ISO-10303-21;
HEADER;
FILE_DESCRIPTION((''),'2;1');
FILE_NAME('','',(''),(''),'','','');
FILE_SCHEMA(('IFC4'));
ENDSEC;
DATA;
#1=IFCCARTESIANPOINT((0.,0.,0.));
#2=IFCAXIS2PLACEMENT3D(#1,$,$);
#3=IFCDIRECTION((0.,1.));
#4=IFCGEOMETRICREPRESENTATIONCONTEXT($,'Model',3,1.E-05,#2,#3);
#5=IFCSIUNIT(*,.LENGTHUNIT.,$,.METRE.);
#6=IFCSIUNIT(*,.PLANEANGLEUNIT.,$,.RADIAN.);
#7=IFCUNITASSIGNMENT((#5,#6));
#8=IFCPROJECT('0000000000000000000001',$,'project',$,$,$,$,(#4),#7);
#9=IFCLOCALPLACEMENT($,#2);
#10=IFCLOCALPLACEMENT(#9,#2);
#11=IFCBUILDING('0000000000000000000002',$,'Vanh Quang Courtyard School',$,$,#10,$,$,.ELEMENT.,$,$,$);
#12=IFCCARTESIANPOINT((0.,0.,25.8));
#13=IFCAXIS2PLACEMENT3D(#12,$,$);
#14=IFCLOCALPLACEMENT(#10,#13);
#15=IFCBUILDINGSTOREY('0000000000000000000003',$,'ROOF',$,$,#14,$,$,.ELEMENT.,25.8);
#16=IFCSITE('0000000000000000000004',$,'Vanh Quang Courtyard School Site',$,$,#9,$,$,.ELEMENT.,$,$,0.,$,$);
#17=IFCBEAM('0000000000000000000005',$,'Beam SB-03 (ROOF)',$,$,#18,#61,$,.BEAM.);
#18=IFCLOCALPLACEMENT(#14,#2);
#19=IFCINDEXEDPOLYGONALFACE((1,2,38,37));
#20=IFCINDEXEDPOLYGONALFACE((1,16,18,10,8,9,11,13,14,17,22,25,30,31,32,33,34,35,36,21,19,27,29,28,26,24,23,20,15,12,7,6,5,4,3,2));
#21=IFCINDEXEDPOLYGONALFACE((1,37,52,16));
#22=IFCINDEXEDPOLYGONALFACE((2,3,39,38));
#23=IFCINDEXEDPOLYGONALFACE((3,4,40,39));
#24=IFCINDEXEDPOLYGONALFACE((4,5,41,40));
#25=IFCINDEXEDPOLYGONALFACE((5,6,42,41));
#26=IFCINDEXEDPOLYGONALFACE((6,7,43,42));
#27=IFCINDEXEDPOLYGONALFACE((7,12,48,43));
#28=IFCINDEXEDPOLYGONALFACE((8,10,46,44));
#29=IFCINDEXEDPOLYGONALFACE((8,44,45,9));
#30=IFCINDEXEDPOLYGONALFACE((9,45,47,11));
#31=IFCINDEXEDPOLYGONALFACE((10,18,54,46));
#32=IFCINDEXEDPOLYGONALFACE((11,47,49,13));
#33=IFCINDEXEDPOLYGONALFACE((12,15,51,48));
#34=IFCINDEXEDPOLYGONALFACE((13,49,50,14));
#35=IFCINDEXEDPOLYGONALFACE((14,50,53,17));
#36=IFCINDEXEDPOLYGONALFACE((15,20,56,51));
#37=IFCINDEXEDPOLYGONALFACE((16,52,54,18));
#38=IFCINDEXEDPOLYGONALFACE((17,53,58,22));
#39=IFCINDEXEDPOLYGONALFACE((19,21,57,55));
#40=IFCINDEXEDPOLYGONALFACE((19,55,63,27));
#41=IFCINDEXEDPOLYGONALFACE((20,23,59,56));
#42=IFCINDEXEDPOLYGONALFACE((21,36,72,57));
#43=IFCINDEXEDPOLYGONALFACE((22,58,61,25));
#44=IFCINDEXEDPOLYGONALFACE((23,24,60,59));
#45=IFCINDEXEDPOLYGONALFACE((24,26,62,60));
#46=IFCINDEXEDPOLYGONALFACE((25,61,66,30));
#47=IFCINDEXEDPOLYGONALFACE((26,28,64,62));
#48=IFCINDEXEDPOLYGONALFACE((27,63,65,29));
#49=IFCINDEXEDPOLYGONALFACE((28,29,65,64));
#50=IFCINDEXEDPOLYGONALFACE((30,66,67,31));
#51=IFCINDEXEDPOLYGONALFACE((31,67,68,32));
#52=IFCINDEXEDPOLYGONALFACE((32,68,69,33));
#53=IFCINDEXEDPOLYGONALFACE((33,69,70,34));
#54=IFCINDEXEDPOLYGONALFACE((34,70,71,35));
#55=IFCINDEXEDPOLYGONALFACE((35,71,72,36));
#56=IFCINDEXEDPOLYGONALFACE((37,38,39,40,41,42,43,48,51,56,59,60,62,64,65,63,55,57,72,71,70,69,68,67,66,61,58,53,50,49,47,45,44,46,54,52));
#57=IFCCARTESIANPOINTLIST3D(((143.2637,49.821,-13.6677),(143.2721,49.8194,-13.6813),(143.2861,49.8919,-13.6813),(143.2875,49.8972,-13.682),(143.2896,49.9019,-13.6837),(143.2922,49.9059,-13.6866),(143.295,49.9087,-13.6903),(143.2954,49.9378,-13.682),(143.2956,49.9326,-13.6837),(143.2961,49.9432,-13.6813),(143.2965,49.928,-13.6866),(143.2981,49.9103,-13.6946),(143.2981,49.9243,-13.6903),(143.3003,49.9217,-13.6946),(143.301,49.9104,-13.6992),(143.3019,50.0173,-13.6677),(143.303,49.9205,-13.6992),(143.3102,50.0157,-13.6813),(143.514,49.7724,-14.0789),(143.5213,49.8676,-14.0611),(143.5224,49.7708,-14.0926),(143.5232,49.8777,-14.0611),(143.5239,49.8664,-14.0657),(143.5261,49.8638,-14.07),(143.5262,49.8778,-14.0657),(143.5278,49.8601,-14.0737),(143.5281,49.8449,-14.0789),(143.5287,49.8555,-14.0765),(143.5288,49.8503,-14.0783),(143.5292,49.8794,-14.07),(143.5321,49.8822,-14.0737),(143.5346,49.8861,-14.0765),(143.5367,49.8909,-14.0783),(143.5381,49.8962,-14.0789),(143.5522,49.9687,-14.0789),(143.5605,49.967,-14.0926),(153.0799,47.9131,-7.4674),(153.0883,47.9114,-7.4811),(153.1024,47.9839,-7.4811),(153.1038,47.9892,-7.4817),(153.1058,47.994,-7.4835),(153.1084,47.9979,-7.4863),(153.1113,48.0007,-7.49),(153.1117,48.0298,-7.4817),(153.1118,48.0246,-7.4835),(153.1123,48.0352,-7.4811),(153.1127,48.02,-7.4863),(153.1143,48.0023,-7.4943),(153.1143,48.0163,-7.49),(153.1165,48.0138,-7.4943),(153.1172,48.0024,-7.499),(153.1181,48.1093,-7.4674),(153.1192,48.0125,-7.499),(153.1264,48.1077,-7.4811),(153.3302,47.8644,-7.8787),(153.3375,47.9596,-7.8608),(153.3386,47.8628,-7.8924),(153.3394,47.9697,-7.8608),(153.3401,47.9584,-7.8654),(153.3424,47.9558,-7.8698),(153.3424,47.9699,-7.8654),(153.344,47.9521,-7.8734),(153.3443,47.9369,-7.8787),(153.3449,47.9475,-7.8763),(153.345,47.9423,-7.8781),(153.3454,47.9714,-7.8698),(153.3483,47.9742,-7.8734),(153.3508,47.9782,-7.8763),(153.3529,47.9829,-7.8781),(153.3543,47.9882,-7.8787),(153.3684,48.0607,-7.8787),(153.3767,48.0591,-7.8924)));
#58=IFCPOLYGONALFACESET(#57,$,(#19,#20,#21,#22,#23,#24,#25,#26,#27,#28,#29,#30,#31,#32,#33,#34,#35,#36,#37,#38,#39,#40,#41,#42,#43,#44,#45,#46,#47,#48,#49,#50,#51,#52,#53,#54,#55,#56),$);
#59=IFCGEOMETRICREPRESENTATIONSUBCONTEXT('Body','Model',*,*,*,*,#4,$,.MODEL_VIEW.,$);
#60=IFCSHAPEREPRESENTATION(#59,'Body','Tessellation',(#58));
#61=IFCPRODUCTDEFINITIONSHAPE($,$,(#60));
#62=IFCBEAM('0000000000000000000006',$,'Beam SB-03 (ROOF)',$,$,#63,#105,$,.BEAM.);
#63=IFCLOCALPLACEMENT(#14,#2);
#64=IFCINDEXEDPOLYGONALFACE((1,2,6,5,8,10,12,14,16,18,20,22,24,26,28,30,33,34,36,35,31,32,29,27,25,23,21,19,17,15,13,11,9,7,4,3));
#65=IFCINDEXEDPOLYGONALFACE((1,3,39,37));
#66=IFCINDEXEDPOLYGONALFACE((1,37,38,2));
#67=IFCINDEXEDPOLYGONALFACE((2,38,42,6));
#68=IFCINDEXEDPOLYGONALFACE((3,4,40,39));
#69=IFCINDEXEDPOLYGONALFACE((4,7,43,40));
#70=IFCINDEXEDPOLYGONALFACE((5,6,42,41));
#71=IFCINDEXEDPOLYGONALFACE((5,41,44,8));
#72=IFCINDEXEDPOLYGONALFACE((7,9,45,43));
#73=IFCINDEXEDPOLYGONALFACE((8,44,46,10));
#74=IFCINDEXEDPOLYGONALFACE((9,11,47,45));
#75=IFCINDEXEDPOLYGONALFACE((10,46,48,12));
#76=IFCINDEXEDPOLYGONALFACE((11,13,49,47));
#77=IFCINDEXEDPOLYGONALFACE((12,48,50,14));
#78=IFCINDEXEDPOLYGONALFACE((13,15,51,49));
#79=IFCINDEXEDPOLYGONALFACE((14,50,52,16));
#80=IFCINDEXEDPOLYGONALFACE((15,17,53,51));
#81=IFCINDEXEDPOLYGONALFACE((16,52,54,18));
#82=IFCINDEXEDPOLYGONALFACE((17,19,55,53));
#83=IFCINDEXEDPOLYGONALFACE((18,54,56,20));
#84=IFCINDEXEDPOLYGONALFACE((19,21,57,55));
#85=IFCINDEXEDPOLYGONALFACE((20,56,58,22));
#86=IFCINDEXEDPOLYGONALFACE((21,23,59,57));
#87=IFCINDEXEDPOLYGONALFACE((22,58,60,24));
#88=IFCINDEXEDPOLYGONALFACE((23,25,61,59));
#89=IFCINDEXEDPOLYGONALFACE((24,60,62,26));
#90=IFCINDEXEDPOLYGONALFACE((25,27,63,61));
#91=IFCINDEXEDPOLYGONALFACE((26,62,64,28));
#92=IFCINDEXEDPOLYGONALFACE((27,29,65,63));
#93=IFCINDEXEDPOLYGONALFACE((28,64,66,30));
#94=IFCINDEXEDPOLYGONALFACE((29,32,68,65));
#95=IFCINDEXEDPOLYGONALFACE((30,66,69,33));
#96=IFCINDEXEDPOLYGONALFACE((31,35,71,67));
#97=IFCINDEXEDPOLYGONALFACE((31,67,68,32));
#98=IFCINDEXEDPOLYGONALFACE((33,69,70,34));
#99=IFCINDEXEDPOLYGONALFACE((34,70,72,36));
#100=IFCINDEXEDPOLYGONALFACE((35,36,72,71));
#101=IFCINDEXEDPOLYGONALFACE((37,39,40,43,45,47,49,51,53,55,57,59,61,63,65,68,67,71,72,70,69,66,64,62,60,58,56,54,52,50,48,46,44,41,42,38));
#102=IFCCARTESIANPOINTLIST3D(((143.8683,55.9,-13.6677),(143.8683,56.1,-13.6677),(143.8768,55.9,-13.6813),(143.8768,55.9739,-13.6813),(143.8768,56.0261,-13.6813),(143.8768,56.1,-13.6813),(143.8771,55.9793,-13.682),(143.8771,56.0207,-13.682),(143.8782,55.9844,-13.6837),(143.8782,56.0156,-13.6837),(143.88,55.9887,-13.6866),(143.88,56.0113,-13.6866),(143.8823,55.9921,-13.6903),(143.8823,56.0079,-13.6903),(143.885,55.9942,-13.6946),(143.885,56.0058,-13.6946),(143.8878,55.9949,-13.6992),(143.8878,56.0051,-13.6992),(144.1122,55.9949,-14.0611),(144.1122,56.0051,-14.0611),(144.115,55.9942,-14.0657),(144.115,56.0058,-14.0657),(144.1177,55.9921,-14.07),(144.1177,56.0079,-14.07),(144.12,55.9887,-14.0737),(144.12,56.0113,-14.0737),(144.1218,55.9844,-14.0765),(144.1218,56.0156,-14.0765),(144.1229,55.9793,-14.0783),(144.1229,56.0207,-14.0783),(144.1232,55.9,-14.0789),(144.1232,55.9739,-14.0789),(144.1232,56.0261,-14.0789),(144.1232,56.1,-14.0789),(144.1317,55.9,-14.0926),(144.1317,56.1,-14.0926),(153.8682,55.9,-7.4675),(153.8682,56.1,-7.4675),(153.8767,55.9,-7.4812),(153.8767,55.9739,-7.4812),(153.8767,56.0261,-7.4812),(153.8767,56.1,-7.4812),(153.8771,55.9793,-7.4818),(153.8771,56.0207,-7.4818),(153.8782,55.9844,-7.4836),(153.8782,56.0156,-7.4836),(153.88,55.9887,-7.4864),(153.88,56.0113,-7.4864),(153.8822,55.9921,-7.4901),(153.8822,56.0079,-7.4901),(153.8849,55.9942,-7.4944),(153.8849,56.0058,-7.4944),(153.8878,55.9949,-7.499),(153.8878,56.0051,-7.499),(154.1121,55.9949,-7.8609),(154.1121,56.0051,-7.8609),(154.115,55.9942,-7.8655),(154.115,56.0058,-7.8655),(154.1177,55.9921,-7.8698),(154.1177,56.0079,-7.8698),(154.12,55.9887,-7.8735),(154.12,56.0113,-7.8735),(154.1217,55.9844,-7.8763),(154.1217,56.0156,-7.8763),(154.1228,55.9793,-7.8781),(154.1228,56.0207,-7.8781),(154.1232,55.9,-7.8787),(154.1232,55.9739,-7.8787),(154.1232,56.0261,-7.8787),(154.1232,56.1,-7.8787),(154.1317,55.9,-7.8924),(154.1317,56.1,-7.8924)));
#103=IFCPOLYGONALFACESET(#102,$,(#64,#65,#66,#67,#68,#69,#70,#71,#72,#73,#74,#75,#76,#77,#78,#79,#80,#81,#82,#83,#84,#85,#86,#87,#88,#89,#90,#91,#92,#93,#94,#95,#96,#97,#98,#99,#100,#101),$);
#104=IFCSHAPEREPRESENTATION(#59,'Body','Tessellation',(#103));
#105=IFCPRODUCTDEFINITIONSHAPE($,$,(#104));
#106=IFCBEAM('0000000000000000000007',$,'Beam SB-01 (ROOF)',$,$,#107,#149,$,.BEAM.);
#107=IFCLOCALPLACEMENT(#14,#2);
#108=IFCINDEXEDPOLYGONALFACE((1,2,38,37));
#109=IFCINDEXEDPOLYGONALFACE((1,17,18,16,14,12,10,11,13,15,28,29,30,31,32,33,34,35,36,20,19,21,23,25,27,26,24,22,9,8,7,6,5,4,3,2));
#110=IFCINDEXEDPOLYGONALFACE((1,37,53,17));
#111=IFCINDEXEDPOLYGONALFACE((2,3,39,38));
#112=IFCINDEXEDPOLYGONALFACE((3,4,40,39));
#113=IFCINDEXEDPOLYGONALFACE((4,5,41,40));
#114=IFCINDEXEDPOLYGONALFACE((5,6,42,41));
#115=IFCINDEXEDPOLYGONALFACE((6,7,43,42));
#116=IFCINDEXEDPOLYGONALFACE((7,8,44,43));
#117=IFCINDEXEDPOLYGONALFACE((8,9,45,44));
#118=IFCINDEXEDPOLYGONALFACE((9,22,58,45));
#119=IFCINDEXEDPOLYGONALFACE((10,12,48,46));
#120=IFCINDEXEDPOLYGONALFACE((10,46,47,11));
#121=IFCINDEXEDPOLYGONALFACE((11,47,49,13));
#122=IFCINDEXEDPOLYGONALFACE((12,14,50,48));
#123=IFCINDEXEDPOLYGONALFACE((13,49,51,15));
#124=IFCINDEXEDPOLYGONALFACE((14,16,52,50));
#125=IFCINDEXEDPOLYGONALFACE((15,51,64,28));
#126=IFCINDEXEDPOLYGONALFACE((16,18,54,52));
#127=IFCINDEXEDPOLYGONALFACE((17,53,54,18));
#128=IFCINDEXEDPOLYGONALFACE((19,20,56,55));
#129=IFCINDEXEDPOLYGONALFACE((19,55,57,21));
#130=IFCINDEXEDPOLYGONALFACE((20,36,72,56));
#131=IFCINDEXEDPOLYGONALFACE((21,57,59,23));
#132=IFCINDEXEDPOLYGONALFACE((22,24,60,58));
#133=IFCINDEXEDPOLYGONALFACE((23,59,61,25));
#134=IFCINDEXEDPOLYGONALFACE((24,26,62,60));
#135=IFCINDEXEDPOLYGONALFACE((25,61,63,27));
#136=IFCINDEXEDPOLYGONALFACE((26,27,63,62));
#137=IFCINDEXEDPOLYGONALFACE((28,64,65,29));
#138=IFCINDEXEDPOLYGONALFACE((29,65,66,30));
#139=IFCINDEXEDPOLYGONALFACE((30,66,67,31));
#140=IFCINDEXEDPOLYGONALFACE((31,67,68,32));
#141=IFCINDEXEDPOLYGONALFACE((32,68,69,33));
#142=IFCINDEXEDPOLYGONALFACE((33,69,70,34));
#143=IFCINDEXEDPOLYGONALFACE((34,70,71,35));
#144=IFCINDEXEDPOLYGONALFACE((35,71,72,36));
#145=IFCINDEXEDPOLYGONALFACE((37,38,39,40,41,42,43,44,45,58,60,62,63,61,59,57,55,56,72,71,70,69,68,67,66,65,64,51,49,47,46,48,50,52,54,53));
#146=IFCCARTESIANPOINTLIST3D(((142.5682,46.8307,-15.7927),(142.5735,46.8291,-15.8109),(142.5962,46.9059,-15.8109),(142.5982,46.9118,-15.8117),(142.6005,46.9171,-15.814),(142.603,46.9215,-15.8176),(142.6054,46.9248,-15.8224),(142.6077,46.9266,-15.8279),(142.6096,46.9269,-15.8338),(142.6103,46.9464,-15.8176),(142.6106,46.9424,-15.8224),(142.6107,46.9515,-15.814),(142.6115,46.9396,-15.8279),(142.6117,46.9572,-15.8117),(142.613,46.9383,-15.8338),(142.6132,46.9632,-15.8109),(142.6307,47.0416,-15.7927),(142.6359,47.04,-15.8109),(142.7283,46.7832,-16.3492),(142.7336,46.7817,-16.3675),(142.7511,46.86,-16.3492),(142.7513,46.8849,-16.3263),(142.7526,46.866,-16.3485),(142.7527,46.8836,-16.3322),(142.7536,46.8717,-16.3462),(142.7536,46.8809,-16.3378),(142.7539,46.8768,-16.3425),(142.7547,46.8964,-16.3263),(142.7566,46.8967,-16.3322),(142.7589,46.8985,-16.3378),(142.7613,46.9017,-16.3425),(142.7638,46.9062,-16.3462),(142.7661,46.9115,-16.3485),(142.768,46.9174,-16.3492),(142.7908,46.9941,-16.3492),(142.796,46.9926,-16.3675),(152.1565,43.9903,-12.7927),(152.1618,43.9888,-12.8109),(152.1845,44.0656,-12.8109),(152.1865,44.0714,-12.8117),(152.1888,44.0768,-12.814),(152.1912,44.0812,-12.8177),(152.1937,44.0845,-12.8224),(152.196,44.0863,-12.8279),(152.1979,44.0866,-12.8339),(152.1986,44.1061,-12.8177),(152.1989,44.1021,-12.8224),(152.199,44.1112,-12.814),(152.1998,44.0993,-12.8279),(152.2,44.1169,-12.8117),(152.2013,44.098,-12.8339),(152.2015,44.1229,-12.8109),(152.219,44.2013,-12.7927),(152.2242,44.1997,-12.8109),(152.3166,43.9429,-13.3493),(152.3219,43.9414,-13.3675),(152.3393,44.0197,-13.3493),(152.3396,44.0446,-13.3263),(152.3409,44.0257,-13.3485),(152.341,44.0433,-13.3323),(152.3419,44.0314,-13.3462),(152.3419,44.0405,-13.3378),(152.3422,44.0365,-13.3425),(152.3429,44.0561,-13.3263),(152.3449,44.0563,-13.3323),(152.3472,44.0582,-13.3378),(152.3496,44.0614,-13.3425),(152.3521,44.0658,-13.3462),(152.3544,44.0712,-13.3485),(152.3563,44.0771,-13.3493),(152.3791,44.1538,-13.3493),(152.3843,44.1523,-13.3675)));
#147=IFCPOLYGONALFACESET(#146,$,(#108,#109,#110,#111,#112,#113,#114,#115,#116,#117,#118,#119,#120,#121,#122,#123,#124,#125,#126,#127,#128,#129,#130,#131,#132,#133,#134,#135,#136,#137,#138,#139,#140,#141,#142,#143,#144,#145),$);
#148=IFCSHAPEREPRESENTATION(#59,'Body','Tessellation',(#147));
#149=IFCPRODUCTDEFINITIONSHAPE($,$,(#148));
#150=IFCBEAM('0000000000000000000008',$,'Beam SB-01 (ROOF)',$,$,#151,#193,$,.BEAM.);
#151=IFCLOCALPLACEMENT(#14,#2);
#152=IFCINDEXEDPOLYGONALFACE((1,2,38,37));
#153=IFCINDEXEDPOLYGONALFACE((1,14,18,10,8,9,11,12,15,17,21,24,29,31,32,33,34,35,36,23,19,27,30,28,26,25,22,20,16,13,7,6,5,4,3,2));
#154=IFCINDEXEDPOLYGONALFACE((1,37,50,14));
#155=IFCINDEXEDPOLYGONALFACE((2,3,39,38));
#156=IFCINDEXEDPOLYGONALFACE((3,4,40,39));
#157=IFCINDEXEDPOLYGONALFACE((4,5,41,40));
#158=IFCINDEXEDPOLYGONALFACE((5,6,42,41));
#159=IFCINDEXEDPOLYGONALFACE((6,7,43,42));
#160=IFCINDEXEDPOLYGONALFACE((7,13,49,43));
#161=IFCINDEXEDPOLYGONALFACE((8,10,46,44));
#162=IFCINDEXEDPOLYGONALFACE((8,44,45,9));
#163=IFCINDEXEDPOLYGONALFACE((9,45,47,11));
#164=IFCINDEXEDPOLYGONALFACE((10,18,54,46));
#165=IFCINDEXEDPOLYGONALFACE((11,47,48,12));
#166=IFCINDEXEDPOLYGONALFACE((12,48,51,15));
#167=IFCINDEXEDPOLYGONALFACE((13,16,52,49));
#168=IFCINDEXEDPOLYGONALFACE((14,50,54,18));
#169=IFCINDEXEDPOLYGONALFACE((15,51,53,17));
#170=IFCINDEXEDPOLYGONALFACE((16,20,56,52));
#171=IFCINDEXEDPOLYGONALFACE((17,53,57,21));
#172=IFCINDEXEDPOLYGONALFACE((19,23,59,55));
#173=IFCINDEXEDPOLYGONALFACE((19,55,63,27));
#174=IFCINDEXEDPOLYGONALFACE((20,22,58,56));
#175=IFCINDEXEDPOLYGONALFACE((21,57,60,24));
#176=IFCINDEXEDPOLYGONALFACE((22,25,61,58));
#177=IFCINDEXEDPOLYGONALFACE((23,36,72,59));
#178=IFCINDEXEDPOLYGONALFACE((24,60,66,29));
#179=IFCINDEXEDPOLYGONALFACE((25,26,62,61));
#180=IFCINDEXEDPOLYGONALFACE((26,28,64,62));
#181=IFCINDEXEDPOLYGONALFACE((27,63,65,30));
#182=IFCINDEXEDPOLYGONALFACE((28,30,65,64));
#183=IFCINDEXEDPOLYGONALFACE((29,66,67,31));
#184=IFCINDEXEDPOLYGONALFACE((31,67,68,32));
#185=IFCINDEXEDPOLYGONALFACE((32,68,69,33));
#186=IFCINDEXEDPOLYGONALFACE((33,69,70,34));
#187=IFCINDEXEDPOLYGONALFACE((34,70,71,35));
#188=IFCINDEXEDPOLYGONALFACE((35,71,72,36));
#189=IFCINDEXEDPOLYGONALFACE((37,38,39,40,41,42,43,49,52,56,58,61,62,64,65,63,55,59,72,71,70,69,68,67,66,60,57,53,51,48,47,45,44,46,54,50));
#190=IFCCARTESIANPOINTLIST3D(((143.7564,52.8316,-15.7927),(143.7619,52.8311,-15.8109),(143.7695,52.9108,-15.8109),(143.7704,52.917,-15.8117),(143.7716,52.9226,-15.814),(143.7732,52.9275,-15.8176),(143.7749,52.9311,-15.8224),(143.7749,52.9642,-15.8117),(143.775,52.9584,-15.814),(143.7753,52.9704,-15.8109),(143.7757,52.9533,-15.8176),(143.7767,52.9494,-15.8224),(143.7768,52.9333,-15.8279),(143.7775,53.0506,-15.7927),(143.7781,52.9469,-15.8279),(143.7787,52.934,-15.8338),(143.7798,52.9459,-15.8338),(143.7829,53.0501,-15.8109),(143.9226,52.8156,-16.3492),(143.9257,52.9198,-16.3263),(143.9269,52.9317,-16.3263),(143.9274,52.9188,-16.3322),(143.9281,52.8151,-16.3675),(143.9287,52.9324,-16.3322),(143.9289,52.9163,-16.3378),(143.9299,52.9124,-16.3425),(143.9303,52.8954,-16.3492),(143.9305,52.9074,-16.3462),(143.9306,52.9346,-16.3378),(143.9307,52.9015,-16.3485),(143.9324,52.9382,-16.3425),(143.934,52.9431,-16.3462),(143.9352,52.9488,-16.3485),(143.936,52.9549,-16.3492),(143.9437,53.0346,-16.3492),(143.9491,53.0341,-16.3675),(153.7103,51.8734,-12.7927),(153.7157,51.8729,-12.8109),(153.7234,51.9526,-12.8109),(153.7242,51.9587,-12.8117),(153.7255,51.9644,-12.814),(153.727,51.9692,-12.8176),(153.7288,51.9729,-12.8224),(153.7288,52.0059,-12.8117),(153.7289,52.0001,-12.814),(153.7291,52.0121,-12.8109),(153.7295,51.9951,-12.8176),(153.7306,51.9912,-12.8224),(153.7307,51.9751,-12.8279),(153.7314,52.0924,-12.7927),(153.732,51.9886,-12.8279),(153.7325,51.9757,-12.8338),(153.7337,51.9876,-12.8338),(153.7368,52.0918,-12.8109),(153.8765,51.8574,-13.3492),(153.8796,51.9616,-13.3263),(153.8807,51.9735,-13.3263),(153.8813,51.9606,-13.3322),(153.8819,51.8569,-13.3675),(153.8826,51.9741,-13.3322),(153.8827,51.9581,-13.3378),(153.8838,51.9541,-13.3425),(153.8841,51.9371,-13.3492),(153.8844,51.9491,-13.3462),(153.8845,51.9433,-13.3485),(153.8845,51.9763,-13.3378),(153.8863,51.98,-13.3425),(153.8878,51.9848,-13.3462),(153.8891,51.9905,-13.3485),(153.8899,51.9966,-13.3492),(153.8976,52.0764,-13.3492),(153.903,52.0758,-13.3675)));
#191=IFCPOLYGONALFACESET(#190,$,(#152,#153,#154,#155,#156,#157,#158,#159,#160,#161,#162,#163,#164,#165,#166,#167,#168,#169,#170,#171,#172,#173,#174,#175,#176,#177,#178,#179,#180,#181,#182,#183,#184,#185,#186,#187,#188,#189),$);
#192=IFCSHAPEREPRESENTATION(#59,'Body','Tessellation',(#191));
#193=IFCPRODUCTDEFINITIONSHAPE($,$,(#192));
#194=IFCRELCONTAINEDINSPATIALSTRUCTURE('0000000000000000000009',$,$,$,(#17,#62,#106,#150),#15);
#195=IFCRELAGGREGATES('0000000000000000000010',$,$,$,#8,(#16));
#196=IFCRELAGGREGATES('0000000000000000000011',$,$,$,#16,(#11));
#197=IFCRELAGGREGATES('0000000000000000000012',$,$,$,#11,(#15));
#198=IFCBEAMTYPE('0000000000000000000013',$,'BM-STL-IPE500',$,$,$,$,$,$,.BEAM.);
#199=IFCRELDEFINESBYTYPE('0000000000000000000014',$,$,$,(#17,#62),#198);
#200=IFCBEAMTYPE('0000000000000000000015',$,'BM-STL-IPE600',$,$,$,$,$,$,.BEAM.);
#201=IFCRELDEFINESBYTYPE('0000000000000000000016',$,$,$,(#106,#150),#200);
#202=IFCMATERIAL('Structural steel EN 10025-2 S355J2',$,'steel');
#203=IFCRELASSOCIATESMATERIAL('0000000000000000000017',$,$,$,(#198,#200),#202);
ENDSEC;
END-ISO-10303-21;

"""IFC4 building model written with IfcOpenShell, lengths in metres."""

from ifc_helpers import new_model, si_unit, direction, frame, origin, origin_2d, place, context, subcontext, project, spatial, i_section, extrude, material, material_profile, profile_set, type_object, element, save


model = new_model("IFC4")

# Units and contexts
model_context = context("Model", 3, precision=1e-05, world=origin(), true_north=direction((0.0, 1.0)))
body_context = subcontext(model_context, "Body", "Model", "MODEL_VIEW")
ifc_project = project(units=[si_unit("LENGTHUNIT", "METRE"), si_unit("PLANEANGLEUNIT", "RADIAN")], contexts=[model_context])

# Site, building, storey
site_placement = place(None, origin())
site = spatial("IfcSite", under=ifc_project, at=site_placement, Name="Vanh Quang Courtyard School Site", CompositionType="ELEMENT", RefElevation=0.0)
building_placement = place(site_placement, origin())
building = spatial("IfcBuilding", under=site, at=building_placement, Name="Vanh Quang Courtyard School", CompositionType="ELEMENT")
storey_placement = place(building_placement, frame((0.0, 0.0, 25.8)))
storey = spatial("IfcBuildingStorey", under=building, at=storey_placement, Name="ROOF", CompositionType="ELEMENT", Elevation=25.8)

# Beams
ifc_material_1 = material(Name="Structural steel EN 10025-2 S355J2", Category="steel")
ifc_material_profile_1 = material_profile(ifc_material_1, i_section(OverallWidth=0.2, OverallDepth=0.5, WebThickness=0.0103, FlangeThickness=0.0161, FilletRadius=0.021, at=origin_2d()), Name="IPE 500")
ifc_profile_set_1 = profile_set([ifc_material_profile_1], Name="Structural steel EN 10025-2 S355J2")
beam_type_1 = type_object("IfcBeamType", Name="BM-STL-IPE500", PredefinedType="BEAM", material=ifc_profile_set_1)
for number, where, z_axis, x_axis, name in (
    (1, (143.4121, 49.894, -13.8801), (0.834279, -0.162158, 0.526957), (0.190798, 0.981629, 0.0), "Beam SB-03 (ROOF)"),
    (2, (144.0, 56.0, -13.8801), (0.849895, 0.0, 0.526952), (0.0, 1.0, 0.0), "Beam SB-03 (ROOF)"),
):
    element("IfcBeam", number, at=place(storey_placement, frame(where, z_axis=z_axis, x_axis=x_axis)), inside=storey, type_object=beam_type_1, Name=name, PredefinedType="BEAM", context=body_context, shape_type="SweptSolid", body=[
        extrude(i_section(OverallWidth=0.2, OverallDepth=0.5, WebThickness=0.0103, FlangeThickness=0.0161, FilletRadius=0.021, at=origin_2d()), origin(), (0.0, 0.0, 1.0), 11.7661),
    ])
ifc_material_profile_2 = material_profile(ifc_material_1, i_section(OverallWidth=0.22, OverallDepth=0.6001, WebThickness=0.012, FlangeThickness=0.019, FilletRadius=0.0239, at=origin_2d()), Name="IPE 600")
ifc_profile_set_2 = profile_set([ifc_material_profile_2], Name="Structural steel EN 10025-2 S355J2")
beam_type_2 = type_object("IfcBeamType", Name="BM-STL-IPE600", PredefinedType="BEAM", material=ifc_profile_set_2)
beam_1_placement = place(storey_placement, frame((142.6821, 46.9116, -16.0801), z_axis=(0.918381, -0.272049, 0.287342), x_axis=(0.284027, 0.958816, 0.0)))
element("IfcBeam", 3, at=beam_1_placement, inside=storey, type_object=beam_type_2, Name="Beam SB-01 (ROOF)", PredefinedType="BEAM", context=body_context, shape_type="SweptSolid", body=[
    extrude(i_section(OverallWidth=0.22, OverallDepth=0.6001, WebThickness=0.012, FlangeThickness=0.019, FilletRadius=0.0239, at=origin_2d()), origin(), (0.0, 0.0, 1.0), 10.4404),
])
beam_2_placement = place(storey_placement, frame((143.8528, 52.9329, -16.0801), z_axis=(0.953417, -0.091785, 0.287351), x_axis=(0.095826, 0.995398, 0.0)))
element("IfcBeam", 4, at=beam_2_placement, inside=storey, type_object=beam_type_2, Name="Beam SB-01 (ROOF)", PredefinedType="BEAM", context=body_context, shape_type="SweptSolid", body=[
    extrude(i_section(OverallWidth=0.22, OverallDepth=0.6001, WebThickness=0.012, FlangeThickness=0.019, FilletRadius=0.0239, at=origin_2d()), origin(), (0.0, 0.0, 1.0), 10.4402),
])

save(model, "model.ifc")
